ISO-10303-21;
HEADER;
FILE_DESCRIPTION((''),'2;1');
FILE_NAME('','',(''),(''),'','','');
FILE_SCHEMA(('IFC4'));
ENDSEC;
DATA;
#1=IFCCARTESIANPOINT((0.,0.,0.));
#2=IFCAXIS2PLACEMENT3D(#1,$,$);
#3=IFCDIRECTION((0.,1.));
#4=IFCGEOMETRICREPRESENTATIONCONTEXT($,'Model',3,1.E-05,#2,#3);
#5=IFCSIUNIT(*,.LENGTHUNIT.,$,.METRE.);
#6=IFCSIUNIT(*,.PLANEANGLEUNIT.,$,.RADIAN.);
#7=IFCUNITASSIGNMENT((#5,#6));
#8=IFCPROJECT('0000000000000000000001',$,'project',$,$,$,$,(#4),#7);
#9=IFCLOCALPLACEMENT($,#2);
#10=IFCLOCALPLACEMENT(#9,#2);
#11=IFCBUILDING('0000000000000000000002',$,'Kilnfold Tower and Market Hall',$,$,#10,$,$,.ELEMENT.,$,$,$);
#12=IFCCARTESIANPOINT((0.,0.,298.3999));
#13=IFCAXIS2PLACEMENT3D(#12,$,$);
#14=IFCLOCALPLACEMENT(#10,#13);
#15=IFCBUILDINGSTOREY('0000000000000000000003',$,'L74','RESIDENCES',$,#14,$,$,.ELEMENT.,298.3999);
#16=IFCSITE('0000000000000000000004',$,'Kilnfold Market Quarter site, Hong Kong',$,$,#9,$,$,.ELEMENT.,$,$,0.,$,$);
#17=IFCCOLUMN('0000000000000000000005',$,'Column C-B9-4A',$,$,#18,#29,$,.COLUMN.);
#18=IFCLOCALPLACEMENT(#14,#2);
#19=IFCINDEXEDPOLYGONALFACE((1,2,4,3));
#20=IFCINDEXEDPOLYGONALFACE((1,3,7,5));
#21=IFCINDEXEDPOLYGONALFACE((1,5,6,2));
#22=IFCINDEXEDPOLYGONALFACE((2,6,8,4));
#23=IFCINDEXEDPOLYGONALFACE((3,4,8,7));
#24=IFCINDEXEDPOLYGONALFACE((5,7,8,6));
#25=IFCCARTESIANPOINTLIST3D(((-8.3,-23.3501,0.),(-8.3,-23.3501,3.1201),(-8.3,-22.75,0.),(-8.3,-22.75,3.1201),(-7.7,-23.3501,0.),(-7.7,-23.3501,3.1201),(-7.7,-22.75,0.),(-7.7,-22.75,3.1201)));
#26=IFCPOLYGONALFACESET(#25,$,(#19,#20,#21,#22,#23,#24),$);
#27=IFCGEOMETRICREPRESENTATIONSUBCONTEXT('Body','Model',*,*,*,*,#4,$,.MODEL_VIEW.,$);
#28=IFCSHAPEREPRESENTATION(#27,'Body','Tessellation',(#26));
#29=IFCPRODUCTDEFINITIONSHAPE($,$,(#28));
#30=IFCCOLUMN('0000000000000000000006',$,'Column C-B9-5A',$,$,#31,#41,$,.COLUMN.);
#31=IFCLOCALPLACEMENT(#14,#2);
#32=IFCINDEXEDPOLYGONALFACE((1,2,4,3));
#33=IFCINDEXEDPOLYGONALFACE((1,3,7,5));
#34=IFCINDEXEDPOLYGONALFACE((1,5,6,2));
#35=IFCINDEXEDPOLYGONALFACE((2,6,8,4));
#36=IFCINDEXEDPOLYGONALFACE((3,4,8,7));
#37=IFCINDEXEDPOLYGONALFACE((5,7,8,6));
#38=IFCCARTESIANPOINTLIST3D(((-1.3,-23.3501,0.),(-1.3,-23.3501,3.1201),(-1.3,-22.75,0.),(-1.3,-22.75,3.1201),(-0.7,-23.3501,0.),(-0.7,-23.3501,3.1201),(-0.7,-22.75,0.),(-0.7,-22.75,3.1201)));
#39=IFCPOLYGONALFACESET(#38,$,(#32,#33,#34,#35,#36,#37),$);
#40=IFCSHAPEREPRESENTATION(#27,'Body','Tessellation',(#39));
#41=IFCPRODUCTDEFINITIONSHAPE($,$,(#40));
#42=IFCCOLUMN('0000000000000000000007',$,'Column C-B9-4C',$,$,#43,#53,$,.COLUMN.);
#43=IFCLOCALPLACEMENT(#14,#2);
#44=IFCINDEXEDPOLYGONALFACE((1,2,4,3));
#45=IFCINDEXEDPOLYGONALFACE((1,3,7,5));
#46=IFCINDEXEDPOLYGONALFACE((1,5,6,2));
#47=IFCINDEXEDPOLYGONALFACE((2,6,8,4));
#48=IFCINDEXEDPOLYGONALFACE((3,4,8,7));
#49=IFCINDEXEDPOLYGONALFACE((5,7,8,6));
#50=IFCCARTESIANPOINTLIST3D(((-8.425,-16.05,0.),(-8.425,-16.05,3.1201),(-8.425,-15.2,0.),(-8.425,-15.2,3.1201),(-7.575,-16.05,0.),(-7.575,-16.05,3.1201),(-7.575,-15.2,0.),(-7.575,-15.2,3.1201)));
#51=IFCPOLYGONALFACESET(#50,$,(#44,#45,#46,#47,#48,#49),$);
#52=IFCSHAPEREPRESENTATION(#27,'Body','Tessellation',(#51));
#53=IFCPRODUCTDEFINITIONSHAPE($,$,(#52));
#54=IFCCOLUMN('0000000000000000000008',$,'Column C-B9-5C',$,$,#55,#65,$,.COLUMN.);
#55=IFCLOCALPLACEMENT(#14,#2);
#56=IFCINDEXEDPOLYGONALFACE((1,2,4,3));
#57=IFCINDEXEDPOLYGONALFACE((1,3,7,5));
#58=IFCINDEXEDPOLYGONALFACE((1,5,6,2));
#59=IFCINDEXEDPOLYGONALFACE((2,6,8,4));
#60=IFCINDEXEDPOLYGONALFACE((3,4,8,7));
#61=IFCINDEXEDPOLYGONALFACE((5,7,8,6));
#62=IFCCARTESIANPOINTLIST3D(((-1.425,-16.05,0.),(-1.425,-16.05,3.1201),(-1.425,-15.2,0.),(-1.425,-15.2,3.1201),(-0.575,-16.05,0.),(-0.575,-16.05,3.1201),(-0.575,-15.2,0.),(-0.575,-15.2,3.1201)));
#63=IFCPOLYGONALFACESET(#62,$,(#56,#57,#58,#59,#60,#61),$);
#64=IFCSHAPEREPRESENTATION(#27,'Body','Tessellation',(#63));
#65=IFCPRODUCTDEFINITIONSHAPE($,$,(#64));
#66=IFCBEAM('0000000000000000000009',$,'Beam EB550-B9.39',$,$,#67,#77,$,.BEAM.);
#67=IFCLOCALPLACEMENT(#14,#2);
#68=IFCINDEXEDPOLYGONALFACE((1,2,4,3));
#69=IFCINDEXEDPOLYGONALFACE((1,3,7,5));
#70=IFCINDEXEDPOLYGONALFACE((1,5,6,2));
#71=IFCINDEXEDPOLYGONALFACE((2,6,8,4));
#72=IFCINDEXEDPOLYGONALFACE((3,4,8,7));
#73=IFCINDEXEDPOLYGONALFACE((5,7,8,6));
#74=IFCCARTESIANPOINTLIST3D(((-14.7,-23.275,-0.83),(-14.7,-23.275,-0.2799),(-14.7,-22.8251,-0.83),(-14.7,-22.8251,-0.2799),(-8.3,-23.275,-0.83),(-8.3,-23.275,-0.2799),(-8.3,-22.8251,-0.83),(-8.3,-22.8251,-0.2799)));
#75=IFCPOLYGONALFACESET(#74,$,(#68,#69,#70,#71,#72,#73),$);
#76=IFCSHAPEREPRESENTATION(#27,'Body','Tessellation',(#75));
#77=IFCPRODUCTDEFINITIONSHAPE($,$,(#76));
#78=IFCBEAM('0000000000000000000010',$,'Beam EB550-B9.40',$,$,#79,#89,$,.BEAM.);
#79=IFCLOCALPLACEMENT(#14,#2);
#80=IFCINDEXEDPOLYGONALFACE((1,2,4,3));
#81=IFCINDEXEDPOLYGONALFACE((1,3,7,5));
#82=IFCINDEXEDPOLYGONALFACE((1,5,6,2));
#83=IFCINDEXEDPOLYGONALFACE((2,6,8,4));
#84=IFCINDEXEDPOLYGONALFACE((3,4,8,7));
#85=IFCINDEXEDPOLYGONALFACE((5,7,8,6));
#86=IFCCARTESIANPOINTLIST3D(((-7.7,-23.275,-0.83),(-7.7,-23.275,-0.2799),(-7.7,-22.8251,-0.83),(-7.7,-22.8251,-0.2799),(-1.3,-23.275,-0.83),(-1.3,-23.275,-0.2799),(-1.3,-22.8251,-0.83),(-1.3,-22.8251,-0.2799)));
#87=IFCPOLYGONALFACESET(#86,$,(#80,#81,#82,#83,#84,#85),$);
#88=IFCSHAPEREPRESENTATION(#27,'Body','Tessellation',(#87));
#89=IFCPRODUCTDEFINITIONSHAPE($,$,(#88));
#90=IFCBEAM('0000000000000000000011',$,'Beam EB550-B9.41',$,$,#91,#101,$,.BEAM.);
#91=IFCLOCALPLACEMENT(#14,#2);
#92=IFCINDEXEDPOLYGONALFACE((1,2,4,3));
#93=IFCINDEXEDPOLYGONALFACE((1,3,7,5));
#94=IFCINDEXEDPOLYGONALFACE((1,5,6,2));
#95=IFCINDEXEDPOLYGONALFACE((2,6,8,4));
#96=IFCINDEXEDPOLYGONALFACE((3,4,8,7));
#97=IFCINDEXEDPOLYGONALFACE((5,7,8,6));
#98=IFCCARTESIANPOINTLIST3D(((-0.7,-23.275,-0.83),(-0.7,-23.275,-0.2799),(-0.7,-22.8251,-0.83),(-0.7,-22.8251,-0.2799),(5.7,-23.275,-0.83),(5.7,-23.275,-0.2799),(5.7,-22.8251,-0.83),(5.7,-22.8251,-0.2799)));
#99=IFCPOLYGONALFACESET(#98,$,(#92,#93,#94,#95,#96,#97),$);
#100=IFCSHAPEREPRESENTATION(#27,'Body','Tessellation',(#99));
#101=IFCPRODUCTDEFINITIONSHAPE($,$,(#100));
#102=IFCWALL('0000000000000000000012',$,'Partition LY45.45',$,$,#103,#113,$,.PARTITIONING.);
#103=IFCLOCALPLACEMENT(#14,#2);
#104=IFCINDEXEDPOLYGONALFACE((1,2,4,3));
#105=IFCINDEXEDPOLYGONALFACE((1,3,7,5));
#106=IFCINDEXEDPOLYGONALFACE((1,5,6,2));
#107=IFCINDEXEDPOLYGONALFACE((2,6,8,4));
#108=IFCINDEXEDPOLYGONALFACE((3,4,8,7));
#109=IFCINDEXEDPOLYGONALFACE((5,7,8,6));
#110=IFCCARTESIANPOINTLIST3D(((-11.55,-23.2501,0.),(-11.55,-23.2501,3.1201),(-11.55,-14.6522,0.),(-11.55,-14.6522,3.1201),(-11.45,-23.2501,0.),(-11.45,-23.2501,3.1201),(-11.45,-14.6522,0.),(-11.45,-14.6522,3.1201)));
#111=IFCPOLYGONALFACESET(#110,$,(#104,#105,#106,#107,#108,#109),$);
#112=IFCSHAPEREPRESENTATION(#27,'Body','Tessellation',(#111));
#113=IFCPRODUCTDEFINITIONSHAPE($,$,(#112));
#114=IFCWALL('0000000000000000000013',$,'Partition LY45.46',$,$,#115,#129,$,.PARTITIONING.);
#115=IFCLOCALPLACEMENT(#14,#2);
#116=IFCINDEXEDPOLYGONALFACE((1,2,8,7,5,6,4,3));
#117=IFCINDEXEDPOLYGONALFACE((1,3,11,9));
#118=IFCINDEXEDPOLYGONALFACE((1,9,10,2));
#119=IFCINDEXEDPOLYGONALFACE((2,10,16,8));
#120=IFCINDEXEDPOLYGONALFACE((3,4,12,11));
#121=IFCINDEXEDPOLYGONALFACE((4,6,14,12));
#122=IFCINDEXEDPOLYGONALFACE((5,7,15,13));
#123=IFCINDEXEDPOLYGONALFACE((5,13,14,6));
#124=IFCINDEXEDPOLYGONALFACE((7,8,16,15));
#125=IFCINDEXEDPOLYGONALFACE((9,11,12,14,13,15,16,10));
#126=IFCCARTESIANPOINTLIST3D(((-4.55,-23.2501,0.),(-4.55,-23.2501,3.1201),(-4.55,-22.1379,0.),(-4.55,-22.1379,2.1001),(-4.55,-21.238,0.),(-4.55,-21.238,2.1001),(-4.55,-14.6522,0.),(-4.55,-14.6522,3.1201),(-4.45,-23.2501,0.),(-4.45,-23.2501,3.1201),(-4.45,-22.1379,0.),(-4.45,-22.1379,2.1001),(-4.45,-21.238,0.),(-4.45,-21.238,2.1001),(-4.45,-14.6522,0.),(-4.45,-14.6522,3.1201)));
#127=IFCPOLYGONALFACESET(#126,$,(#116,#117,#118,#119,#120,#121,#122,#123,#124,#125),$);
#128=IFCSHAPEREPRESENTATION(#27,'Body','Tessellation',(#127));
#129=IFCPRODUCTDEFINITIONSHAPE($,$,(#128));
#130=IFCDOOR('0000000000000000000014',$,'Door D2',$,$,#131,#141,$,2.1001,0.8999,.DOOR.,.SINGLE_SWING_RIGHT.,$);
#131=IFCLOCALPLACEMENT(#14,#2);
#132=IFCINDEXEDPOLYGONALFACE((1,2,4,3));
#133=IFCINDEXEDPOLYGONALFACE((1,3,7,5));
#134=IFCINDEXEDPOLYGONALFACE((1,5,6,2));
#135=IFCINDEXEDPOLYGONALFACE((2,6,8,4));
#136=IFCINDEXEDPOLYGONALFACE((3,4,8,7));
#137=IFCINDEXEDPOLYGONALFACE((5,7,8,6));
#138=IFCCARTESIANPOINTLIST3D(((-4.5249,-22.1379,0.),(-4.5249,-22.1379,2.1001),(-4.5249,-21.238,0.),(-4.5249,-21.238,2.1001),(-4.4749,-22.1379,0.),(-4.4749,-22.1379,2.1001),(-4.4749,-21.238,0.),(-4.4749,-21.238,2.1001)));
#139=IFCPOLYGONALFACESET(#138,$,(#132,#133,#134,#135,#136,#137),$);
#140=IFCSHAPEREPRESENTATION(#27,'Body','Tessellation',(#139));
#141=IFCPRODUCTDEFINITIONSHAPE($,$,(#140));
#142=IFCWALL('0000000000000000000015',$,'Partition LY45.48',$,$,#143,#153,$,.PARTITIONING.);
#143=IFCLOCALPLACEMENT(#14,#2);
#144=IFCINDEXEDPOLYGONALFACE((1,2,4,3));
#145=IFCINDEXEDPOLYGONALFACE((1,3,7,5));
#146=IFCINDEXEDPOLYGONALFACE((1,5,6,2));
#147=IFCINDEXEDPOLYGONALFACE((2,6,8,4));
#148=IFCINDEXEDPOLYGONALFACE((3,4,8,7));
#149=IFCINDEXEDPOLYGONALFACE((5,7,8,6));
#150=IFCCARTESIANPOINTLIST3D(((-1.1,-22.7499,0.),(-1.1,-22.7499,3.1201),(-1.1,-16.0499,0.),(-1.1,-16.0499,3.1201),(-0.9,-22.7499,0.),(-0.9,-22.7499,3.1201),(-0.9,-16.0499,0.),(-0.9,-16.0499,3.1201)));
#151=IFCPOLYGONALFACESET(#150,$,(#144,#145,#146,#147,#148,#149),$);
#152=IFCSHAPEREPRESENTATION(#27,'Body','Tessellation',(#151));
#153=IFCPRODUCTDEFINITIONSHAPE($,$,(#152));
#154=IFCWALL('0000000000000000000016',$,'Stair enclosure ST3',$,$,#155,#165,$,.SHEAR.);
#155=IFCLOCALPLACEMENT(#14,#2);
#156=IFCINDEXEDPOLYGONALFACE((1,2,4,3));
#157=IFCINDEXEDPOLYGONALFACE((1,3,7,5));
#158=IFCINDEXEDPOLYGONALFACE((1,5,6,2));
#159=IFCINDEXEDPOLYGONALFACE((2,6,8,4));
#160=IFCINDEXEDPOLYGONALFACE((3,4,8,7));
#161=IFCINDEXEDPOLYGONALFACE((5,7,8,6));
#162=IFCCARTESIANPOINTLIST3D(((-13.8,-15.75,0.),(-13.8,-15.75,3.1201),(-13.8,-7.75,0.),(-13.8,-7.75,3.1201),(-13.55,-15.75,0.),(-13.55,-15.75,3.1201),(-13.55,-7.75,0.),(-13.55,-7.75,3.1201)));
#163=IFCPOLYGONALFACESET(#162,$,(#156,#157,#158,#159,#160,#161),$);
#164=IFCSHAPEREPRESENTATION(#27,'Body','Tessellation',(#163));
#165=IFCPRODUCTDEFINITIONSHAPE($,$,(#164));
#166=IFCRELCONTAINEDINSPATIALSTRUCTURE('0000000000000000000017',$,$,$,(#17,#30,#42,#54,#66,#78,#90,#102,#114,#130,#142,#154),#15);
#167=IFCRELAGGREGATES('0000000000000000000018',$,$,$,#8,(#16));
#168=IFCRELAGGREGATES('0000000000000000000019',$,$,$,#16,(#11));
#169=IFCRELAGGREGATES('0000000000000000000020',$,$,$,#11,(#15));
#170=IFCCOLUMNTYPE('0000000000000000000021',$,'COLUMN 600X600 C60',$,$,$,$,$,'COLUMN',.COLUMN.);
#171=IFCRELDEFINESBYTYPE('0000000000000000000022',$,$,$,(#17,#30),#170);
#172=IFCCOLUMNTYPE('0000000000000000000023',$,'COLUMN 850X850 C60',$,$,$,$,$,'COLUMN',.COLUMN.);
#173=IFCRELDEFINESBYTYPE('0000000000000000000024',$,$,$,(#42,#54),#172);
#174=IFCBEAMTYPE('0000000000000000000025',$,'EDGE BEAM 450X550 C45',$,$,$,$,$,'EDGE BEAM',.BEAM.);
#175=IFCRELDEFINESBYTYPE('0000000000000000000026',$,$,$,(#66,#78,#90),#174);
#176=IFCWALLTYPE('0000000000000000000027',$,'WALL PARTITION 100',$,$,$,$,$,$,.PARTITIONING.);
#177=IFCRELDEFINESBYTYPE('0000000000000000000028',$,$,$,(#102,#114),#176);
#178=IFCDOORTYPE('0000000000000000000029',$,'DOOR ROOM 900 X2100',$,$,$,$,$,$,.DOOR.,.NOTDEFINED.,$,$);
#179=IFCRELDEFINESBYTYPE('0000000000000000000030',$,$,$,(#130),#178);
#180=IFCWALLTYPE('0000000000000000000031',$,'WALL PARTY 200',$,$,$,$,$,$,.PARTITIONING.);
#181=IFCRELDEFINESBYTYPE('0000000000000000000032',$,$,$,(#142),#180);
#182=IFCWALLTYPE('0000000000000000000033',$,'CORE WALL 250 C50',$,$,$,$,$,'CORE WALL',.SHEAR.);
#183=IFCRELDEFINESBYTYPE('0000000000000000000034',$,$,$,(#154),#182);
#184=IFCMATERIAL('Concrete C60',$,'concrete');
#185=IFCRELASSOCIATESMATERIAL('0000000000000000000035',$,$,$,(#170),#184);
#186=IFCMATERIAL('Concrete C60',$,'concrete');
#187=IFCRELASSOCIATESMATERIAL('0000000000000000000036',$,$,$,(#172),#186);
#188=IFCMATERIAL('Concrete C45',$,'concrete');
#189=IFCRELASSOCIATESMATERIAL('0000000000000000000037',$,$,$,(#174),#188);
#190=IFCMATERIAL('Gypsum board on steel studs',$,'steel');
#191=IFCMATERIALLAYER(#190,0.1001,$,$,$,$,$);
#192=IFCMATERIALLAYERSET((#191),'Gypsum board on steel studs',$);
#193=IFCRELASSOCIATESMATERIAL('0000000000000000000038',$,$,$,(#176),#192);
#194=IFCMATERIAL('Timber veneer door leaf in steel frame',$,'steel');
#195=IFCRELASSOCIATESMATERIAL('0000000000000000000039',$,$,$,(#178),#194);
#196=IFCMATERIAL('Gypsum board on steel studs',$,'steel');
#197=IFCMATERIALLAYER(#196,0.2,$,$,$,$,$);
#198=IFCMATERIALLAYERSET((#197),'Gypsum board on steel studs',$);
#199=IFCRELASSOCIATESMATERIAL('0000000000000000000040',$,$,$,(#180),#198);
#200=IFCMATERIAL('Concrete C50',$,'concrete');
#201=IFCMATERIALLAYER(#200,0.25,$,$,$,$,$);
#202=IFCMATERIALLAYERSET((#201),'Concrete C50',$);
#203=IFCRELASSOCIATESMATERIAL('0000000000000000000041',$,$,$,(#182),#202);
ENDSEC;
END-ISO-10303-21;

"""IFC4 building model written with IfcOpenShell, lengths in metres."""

from ifc_helpers import new_model, si_unit, direction, frame, frame_2d, origin, origin_2d, place, context, subcontext, project, spatial, rectangle, extrude, source, transform, mapped, material, layer, layer_set, material_profile, profile_set, type_object, element, fill, save


model = new_model("IFC4")

# Units and contexts
model_context = context("Model", 3, precision=1e-05, world=origin(), true_north=direction((0.0, 1.0)))
body_context = subcontext(model_context, "Body", "Model", "MODEL_VIEW")
ifc_project = project(units=[si_unit("LENGTHUNIT", "METRE"), si_unit("PLANEANGLEUNIT", "RADIAN")], contexts=[model_context])

# Site, building, storey
site_placement = place(None, origin())
site = spatial("IfcSite", under=ifc_project, at=site_placement, Name="Kilnfold Market Quarter site, Hong Kong", CompositionType="ELEMENT", RefElevation=0.0)
building_placement = place(site_placement, origin())
building = spatial("IfcBuilding", under=site, at=building_placement, Name="Kilnfold Tower and Market Hall", CompositionType="ELEMENT")
storey_placement = place(building_placement, frame((0.0, 0.0, 298.3999)))
storey = spatial("IfcBuildingStorey", under=building, at=storey_placement, Name="L74", Description="RESIDENCES", CompositionType="ELEMENT", Elevation=298.3999)

# Columns
ifc_material_1 = material(Name="Concrete C60", Category="concrete")
ifc_material_profile_1 = material_profile(ifc_material_1, rectangle(XDim=0.6001, YDim=0.6001, at=origin_2d()), Name="RC 600x600")
ifc_profile_set_1 = profile_set([ifc_material_profile_1], Name="Concrete C60")
column_type_1 = type_object("IfcColumnType", Name="COLUMN 600X600 C60", ElementType="COLUMN", PredefinedType="COLUMN", material=ifc_profile_set_1)
shared_shape_1 = source(origin(), body_context, "Body", "SweptSolid", [
    extrude(rectangle(XDim=0.6001, YDim=0.6001, at=origin_2d()), origin(), (0.0, 0.0, 1.0), 3.1201),
])
for number, where, z_axis, x_axis, name in (
    (1, (-8.0, -23.05, 0.0), (0.0, 0.0, 1.0), (1.0, 0.0, 0.0), "Column C-B9-4A"),
    (2, (-1.0, -23.05, 0.0), (0.0, 0.0, 1.0), (1.0, 0.0, 0.0), "Column C-B9-5A"),
):
    element("IfcColumn", number, at=place(storey_placement, frame(where, z_axis=z_axis, x_axis=x_axis)), inside=storey, type_object=column_type_1, Name=name, PredefinedType="COLUMN", context=body_context, shape_type="MappedRepresentation", body=[
        mapped(shared_shape_1, transform((0.0, 0.0, 0.0))),
    ])
ifc_material_2 = material(Name="Concrete C60", Category="concrete")
ifc_material_profile_2 = material_profile(ifc_material_2, rectangle(XDim=0.8501, YDim=0.8501, at=origin_2d()), Name="RC 850x850")
ifc_profile_set_2 = profile_set([ifc_material_profile_2], Name="Concrete C60")
column_type_2 = type_object("IfcColumnType", Name="COLUMN 850X850 C60", ElementType="COLUMN", PredefinedType="COLUMN", material=ifc_profile_set_2)
shared_shape_2 = source(origin(), body_context, "Body", "SweptSolid", [
    extrude(rectangle(XDim=0.8501, YDim=0.8501, at=origin_2d()), origin(), (0.0, 0.0, 1.0), 3.1201),
])
for number, where, z_axis, x_axis, name in (
    (3, (-8.0, -15.625, 0.0), (0.0, 0.0, 1.0), (1.0, 0.0, 0.0), "Column C-B9-4C"),
    (4, (-1.0, -15.625, 0.0), (0.0, 0.0, 1.0), (1.0, 0.0, 0.0), "Column C-B9-5C"),
):
    element("IfcColumn", number, at=place(storey_placement, frame(where, z_axis=z_axis, x_axis=x_axis)), inside=storey, type_object=column_type_2, Name=name, PredefinedType="COLUMN", context=body_context, shape_type="MappedRepresentation", body=[
        mapped(shared_shape_2, transform((0.0, 0.0, 0.0))),
    ])

# Beams
ifc_material_3 = material(Name="Concrete C45", Category="concrete")
ifc_material_profile_3 = material_profile(ifc_material_3, rectangle(XDim=0.45, YDim=0.55, at=origin_2d()), Name="RC 450x550")
ifc_profile_set_3 = profile_set([ifc_material_profile_3], Name="Concrete C45")
beam_type = type_object("IfcBeamType", Name="EDGE BEAM 450X550 C45", ElementType="EDGE BEAM", PredefinedType="BEAM", material=ifc_profile_set_3)
shared_shape_3 = source(origin(), body_context, "Body", "SweptSolid", [
    extrude(rectangle(XDim=0.45, YDim=0.55, at=origin_2d()), origin(), (0.0, 0.0, 1.0), 6.3999),
])
for number, where, z_axis, x_axis, name in (
    (5, (-14.7, -23.05, -0.5549), (1.0, 0.0, 0.0), (0.0, 1.0, 0.0), "Beam EB550-B9.39"),
    (6, (-7.7, -23.05, -0.5549), (1.0, 0.0, 0.0), (0.0, 1.0, 0.0), "Beam EB550-B9.40"),
    (7, (-0.7, -23.05, -0.5549), (1.0, 0.0, 0.0), (0.0, 1.0, 0.0), "Beam EB550-B9.41"),
):
    element("IfcBeam", number, at=place(storey_placement, frame(where, z_axis=z_axis, x_axis=x_axis)), inside=storey, type_object=beam_type, Name=name, PredefinedType="BEAM", context=body_context, shape_type="MappedRepresentation", body=[
        mapped(shared_shape_3, transform((0.0, 0.0, 0.0))),
    ])

# Wall
ifc_material_4 = material(Name="Gypsum board on steel studs", Category="steel")
ifc_layer_1 = layer(ifc_material_4, 0.1001)
ifc_layer_set_1 = layer_set([ifc_layer_1], Name="Gypsum board on steel studs")
wall_type_1 = type_object("IfcWallType", Name="WALL PARTITION 100", PredefinedType="PARTITIONING", material=ifc_layer_set_1)
wall_1_placement = place(storey_placement, frame((-11.5, -23.25, 0.0), z_axis=(0.0, 0.0, 1.0), x_axis=(0.0, 1.0, 0.0)))
element("IfcWall", 8, at=wall_1_placement, inside=storey, type_object=wall_type_1, Name="Partition LY45.45", PredefinedType="PARTITIONING", context=body_context, shape_type="SweptSolid", body=[
    extrude(rectangle(XDim=8.5979, YDim=0.1001, at=frame_2d((4.2988, 0.0))), origin(), (0.0, 0.0, 1.0), 3.1201),
])

# Wall, opening, door
wall_2_placement = place(storey_placement, frame((-4.5, -23.25, 0.0), z_axis=(0.0, 0.0, 1.0), x_axis=(0.0, 1.0, 0.0)))
wall_2 = element("IfcWall", 9, at=wall_2_placement, inside=storey, type_object=wall_type_1, Name="Partition LY45.46", PredefinedType="PARTITIONING", context=body_context, shape_type="SweptSolid", body=[
    extrude(rectangle(XDim=8.5979, YDim=0.1001, at=frame_2d((4.2988, 0.0))), origin(), (0.0, 0.0, 1.0), 3.1201),
])
opening_1_placement = place(wall_2_placement, frame((1.1121, 0.0, 0.0)))
opening_1 = element("IfcOpeningElement", 10, at=opening_1_placement, cuts=wall_2, PredefinedType="OPENING", context=body_context, shape_type="SweptSolid", body=[
    extrude(rectangle(XDim=0.8999, YDim=2.1001, at=frame_2d((0.45, 1.05))), frame((0.0, 0.0601, 0.0), z_axis=(0.0, -1.0, 0.0), x_axis=(1.0, 0.0, 0.0)), (0.0, 0.0, 1.0), 0.1201),
])
ifc_material_5 = material(Name="Timber veneer door leaf in steel frame", Category="steel")
door_type = type_object("IfcDoorType", Name="DOOR ROOM 900 X2100", OperationType="NOTDEFINED", PredefinedType="DOOR", material=ifc_material_5)
door_placement = place(opening_1_placement, origin())
door = element("IfcDoor", 11, at=door_placement, inside=storey, type_object=door_type, Name="Door D2", OperationType="SINGLE_SWING_RIGHT", OverallHeight=2.1001, OverallWidth=0.8999, PredefinedType="DOOR", context=body_context, shape_type="SweptSolid", body=[
    extrude(rectangle(XDim=0.8999, YDim=2.1001, at=frame_2d((0.45, 1.05))), frame((0.0, 0.0249, 0.0), z_axis=(0.0, -1.0, 0.0), x_axis=(1.0, 0.0, 0.0)), (0.0, 0.0, 1.0), 0.05),
])
fill(opening_1, door)

# Walls
ifc_material_6 = material(Name="Gypsum board on steel studs", Category="steel")
ifc_layer_2 = layer(ifc_material_6, 0.2)
ifc_layer_set_2 = layer_set([ifc_layer_2], Name="Gypsum board on steel studs")
wall_type_2 = type_object("IfcWallType", Name="WALL PARTY 200", PredefinedType="PARTITIONING", material=ifc_layer_set_2)
wall_3_placement = place(storey_placement, frame((-1.0, -22.75, 0.0), z_axis=(0.0, 0.0, 1.0), x_axis=(0.0, 1.0, 0.0)))
element("IfcWall", 12, at=wall_3_placement, inside=storey, type_object=wall_type_2, Name="Partition LY45.48", PredefinedType="PARTITIONING", context=body_context, shape_type="SweptSolid", body=[
    extrude(rectangle(XDim=6.7, YDim=0.2, at=frame_2d((3.3501, 0.0))), origin(), (0.0, 0.0, 1.0), 3.1201),
])
ifc_material_7 = material(Name="Concrete C50", Category="concrete")
ifc_layer_3 = layer(ifc_material_7, 0.25)
ifc_layer_set_3 = layer_set([ifc_layer_3], Name="Concrete C50")
wall_type_3 = type_object("IfcWallType", Name="CORE WALL 250 C50", ElementType="CORE WALL", PredefinedType="SHEAR", material=ifc_layer_set_3)
shared_shape_4 = source(origin(), body_context, "Body", "SweptSolid", [
    extrude(rectangle(XDim=8.0, YDim=0.25, at=frame_2d((4.0, 0.0))), origin(), (0.0, 0.0, 1.0), 3.1201),
])
wall_4_placement = place(storey_placement, frame((-13.675, -15.75, 0.0), z_axis=(0.0, 0.0, 1.0), x_axis=(0.0, 1.0, 0.0)))
element("IfcWall", 13, at=wall_4_placement, inside=storey, type_object=wall_type_3, Name="Stair enclosure ST3", PredefinedType="SHEAR", context=body_context, shape_type="MappedRepresentation", body=[
    mapped(shared_shape_4, transform((0.0, 0.0, 0.0))),
])

save(model, "model.ifc")
